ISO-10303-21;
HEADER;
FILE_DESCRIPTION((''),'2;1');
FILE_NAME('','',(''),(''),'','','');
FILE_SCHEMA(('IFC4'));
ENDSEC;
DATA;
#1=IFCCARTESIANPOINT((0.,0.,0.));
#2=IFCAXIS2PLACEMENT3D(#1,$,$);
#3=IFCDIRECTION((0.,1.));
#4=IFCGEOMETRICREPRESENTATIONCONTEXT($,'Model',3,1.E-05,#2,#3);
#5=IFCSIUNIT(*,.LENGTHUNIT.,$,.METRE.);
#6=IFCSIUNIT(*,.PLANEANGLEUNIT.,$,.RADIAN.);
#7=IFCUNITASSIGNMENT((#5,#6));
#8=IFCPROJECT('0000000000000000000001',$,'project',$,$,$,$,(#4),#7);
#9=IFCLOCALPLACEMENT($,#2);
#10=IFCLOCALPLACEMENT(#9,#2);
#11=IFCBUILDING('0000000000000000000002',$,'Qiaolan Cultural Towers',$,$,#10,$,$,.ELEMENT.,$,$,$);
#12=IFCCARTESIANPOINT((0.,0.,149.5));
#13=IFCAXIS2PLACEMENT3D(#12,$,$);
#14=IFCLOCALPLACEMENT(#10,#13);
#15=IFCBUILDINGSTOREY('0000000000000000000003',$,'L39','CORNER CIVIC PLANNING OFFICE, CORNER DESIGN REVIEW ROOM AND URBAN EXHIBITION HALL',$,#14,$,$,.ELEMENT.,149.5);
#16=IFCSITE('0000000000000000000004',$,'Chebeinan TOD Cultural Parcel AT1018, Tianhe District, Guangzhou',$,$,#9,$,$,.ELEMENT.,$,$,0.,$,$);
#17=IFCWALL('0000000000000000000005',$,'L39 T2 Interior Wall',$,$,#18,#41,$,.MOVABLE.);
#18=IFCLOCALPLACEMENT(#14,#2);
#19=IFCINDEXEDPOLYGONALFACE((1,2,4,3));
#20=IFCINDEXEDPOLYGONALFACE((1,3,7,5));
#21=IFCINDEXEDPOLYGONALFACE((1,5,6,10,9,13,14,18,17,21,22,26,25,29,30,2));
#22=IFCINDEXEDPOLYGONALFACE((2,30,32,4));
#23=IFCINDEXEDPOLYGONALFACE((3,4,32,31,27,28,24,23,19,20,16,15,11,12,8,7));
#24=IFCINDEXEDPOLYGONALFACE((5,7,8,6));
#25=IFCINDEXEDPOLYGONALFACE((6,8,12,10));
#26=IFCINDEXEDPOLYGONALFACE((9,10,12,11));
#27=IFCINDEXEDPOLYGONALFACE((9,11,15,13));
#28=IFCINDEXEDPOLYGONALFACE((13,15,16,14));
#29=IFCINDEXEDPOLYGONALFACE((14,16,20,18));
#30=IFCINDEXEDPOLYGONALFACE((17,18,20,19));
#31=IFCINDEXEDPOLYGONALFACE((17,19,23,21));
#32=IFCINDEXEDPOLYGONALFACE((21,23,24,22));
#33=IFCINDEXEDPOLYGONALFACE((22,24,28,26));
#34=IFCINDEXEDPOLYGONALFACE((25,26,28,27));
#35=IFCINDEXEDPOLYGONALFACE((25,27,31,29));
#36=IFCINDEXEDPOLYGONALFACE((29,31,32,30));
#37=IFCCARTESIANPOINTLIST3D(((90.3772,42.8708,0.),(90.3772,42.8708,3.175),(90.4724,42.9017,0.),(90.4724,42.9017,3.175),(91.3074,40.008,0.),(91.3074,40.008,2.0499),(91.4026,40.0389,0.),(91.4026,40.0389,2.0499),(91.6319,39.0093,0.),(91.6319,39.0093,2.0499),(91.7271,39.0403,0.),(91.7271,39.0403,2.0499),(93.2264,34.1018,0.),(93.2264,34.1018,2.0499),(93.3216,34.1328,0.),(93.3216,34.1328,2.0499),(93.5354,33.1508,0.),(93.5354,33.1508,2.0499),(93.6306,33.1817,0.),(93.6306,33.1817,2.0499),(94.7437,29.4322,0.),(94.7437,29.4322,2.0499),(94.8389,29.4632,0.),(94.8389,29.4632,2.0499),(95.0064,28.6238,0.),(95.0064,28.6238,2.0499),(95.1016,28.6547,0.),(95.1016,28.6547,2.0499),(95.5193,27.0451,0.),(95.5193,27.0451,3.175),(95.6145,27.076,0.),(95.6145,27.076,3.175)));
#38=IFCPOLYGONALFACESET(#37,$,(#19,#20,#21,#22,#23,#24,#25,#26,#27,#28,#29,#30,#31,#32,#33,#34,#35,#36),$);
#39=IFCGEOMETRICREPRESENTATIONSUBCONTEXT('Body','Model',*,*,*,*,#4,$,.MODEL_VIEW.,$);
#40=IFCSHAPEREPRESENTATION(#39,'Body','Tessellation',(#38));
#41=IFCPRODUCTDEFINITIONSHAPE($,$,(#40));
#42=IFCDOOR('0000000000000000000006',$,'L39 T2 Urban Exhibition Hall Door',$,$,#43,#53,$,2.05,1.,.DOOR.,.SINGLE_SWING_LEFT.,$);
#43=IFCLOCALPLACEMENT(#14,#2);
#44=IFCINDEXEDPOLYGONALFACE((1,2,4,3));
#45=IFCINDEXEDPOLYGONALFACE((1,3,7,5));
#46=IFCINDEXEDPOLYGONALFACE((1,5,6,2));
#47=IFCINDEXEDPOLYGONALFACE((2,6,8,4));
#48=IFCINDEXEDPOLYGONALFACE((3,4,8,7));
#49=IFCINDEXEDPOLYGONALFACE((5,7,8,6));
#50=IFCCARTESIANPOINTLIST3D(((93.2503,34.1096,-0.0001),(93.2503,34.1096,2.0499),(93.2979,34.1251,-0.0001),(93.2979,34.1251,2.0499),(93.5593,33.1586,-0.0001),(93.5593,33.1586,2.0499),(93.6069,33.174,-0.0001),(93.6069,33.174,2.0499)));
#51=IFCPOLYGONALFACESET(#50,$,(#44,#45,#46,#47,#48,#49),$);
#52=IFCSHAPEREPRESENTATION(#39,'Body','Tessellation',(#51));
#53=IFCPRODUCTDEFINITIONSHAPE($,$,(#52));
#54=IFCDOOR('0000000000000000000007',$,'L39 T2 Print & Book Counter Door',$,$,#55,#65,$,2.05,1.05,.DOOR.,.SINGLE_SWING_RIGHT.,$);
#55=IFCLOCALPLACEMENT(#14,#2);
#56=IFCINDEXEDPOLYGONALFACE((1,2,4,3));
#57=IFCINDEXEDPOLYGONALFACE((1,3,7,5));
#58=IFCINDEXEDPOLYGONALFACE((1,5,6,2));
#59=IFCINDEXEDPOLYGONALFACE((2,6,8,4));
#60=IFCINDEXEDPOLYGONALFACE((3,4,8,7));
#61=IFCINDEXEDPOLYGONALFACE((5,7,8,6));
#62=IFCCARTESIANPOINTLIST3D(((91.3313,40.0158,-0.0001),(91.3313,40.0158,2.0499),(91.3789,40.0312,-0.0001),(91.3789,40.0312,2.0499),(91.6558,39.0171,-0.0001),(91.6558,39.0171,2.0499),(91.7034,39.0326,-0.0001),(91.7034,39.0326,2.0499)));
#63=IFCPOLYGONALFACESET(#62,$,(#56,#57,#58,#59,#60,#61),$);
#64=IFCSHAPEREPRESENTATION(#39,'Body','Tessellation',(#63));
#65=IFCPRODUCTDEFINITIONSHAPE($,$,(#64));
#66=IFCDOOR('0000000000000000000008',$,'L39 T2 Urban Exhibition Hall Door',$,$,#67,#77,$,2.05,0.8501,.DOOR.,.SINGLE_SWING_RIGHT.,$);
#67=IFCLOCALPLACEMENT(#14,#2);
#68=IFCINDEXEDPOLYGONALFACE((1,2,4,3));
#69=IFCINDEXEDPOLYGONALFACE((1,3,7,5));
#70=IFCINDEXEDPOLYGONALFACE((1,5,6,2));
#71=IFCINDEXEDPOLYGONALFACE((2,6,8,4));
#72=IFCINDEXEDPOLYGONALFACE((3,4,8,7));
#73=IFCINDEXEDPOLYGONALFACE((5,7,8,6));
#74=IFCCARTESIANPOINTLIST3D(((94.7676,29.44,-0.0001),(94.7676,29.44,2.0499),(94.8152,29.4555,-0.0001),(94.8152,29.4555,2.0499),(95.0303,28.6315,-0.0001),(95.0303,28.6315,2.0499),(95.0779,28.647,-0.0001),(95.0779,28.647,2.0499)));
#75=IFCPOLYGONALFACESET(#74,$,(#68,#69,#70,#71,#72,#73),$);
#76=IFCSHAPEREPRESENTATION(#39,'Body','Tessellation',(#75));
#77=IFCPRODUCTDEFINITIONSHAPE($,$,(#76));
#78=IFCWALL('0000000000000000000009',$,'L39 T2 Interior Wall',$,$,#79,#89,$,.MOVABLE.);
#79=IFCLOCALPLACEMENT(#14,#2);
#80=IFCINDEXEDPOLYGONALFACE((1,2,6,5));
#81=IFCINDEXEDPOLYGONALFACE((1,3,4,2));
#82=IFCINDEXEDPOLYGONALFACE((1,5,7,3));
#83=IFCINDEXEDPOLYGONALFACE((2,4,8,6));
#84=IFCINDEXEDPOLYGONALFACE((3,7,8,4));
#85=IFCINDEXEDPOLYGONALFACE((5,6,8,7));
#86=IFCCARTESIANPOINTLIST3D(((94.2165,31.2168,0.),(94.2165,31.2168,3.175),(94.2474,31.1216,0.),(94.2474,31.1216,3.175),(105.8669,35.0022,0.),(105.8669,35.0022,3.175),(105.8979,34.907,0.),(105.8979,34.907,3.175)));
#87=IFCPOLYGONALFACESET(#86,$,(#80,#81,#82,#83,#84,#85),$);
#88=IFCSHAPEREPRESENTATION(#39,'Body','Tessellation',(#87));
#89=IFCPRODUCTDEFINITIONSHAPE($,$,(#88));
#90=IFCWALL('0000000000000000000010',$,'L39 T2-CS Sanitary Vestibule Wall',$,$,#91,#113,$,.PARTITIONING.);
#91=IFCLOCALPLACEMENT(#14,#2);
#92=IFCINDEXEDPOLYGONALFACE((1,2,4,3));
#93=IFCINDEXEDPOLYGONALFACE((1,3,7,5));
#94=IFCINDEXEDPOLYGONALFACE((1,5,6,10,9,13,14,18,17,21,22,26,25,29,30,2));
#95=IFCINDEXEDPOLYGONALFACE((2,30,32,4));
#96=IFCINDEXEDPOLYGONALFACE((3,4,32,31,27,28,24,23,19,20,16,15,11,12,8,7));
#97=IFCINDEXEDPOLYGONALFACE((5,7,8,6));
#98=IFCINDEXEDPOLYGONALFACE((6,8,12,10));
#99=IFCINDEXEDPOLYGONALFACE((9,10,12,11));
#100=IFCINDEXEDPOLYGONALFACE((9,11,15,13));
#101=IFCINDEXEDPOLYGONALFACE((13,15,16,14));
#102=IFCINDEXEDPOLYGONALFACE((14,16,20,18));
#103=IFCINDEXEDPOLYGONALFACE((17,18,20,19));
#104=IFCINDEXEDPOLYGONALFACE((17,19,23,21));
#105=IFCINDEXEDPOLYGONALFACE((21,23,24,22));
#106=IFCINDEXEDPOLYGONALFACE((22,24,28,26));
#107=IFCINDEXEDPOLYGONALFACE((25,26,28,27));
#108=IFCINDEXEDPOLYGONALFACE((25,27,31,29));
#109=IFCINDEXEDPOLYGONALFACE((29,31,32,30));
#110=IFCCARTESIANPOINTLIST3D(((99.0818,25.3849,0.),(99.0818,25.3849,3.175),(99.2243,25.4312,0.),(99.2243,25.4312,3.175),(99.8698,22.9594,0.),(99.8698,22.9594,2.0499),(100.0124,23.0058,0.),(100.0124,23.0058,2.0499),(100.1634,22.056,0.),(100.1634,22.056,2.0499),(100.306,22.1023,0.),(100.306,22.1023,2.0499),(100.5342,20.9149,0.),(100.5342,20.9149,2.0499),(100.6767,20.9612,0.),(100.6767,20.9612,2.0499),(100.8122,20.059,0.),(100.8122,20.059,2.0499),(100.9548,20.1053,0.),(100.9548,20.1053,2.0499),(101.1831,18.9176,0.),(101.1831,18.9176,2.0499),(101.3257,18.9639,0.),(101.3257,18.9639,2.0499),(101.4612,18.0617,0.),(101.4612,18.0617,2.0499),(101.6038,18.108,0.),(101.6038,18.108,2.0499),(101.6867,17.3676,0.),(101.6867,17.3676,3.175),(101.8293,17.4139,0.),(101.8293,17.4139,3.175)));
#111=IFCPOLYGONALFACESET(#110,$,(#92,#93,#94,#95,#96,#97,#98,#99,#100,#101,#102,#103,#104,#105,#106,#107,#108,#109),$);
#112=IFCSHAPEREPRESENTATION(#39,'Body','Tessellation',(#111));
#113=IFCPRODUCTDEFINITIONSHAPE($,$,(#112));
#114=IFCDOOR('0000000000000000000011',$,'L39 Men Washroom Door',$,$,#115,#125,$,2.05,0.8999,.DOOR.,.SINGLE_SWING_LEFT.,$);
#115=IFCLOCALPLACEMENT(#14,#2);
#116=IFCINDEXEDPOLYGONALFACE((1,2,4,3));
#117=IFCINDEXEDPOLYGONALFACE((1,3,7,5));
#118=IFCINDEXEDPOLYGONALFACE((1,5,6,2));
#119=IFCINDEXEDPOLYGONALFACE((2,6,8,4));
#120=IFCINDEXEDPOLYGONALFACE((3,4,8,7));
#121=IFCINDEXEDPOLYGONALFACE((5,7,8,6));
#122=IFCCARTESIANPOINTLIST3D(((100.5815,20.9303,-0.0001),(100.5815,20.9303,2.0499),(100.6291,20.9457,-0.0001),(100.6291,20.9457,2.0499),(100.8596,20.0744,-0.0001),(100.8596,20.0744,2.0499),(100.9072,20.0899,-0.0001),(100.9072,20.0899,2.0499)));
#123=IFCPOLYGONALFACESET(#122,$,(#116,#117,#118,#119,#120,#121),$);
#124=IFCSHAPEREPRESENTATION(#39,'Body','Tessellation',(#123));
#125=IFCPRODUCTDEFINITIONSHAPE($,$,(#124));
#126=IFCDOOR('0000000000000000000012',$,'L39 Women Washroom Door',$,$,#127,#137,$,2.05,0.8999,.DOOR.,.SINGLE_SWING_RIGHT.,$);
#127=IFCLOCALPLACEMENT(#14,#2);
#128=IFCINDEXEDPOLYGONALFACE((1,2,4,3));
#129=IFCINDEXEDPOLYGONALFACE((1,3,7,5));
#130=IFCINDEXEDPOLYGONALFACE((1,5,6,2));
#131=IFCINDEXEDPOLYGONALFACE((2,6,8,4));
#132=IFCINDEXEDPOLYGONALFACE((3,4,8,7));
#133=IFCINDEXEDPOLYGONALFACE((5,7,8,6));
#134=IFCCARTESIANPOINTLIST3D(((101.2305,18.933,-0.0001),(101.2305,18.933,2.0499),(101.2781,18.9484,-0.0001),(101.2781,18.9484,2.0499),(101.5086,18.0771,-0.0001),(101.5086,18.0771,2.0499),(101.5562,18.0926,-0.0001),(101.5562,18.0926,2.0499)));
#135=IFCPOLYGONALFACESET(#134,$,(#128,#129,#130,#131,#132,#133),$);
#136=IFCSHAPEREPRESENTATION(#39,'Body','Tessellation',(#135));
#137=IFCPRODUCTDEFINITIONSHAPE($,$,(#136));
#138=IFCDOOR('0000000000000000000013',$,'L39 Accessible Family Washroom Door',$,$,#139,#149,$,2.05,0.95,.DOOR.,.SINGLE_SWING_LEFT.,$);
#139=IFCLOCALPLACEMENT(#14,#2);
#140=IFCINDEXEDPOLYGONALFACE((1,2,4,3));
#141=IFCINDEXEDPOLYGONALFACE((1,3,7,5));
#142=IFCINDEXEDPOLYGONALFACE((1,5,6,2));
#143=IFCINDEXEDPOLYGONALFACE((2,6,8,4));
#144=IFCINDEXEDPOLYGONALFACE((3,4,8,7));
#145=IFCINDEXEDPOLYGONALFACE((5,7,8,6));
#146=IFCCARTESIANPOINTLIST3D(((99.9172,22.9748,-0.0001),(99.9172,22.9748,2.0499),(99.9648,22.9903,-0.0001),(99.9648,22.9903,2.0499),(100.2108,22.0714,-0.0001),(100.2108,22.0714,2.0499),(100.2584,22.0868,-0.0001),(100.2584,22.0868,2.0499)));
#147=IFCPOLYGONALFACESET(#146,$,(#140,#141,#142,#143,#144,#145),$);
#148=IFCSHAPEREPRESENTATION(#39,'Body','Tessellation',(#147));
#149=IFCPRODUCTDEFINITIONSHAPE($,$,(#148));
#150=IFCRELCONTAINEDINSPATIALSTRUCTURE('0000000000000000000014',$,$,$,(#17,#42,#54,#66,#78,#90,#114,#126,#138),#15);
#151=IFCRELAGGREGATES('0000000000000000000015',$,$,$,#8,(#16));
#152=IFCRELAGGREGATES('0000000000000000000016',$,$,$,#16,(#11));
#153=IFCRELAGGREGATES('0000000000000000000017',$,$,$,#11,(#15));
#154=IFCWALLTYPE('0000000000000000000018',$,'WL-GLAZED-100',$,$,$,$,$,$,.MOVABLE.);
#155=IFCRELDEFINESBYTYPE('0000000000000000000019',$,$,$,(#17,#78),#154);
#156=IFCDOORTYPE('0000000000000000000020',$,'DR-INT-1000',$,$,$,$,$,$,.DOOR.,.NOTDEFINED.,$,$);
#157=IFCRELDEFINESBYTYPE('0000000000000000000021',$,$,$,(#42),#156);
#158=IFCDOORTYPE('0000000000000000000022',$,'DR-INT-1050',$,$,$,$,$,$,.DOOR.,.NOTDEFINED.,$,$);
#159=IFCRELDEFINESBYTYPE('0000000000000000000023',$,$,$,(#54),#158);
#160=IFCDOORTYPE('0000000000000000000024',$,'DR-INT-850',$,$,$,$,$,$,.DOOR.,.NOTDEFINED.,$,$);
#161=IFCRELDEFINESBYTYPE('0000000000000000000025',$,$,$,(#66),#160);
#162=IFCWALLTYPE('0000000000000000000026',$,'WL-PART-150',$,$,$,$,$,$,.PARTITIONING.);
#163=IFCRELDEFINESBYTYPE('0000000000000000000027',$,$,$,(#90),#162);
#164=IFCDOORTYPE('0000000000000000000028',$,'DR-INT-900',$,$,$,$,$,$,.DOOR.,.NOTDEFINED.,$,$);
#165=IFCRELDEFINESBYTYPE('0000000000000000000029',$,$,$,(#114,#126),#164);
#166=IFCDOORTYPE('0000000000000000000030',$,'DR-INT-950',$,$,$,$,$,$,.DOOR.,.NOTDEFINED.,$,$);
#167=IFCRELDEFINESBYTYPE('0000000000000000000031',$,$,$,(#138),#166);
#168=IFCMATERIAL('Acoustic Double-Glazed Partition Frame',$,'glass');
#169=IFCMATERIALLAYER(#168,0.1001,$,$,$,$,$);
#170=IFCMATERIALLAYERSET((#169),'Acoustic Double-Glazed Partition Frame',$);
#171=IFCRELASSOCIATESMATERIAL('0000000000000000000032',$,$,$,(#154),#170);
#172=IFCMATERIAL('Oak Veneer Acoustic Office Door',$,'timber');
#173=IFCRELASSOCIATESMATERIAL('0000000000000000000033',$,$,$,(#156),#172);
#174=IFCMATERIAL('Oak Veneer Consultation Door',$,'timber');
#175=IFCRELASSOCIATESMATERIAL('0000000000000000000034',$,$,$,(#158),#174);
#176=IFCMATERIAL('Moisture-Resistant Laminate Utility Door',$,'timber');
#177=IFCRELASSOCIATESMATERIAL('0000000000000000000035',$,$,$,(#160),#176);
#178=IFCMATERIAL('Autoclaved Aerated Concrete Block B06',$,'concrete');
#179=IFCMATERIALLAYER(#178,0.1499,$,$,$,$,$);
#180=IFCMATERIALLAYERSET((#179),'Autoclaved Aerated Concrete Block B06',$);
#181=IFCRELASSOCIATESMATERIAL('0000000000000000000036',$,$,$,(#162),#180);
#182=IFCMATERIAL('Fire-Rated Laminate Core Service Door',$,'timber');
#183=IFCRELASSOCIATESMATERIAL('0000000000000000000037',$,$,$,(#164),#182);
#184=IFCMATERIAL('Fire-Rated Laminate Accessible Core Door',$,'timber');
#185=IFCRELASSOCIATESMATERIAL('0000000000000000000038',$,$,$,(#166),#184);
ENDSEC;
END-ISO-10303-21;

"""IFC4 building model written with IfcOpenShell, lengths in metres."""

from ifc_helpers import new_model, si_unit, direction, frame, frame_2d, origin, place, context, subcontext, project, spatial, rectangle, extrude, material, layer, layer_set, type_object, element, fill, save


model = new_model("IFC4")

# Units and contexts
model_context = context("Model", 3, precision=1e-05, world=origin(), true_north=direction((0.0, 1.0)))
body_context = subcontext(model_context, "Body", "Model", "MODEL_VIEW")
ifc_project = project(units=[si_unit("LENGTHUNIT", "METRE"), si_unit("PLANEANGLEUNIT", "RADIAN")], contexts=[model_context])

# Site, building, storey
site_placement = place(None, origin())
site = spatial("IfcSite", under=ifc_project, at=site_placement, Name="Chebeinan TOD Cultural Parcel AT1018, Tianhe District, Guangzhou", CompositionType="ELEMENT", RefElevation=0.0)
building_placement = place(site_placement, origin())
building = spatial("IfcBuilding", under=site, at=building_placement, Name="Qiaolan Cultural Towers", CompositionType="ELEMENT")
storey_placement = place(building_placement, frame((0.0, 0.0, 149.5)))
storey = spatial("IfcBuildingStorey", under=building, at=storey_placement, Name="L39", Description="CORNER CIVIC PLANNING OFFICE, CORNER DESIGN REVIEW ROOM AND URBAN EXHIBITION HALL", CompositionType="ELEMENT", Elevation=149.5)

# Shared definitions
ifc_material_1 = material(Name="Acoustic Double-Glazed Partition Frame", Category="glass")
ifc_layer_1 = layer(ifc_material_1, 0.1001)
ifc_layer_set_1 = layer_set([ifc_layer_1], Name="Acoustic Double-Glazed Partition Frame")
wall_type_1 = type_object("IfcWallType", Name="WL-GLAZED-100", PredefinedType="MOVABLE", material=ifc_layer_set_1)

# Wall, openings, doors
wall_1_placement = place(storey_placement, frame((95.5669, 27.0605, 0.0), z_axis=(0.0, 0.0, 1.0), x_axis=(-0.309018, 0.951056, 0.0)))
wall_1 = element("IfcWall", 1, at=wall_1_placement, inside=storey, type_object=wall_type_1, Name="L39 T2 Interior Wall", PredefinedType="MOVABLE", context=body_context, shape_type="SweptSolid", body=[
    extrude(rectangle(XDim=16.6401, YDim=0.1001, at=frame_2d((8.3201, 0.0))), origin(), (0.0, 0.0, 1.0), 3.175),
])
opening_1_placement = place(wall_1_placement, frame((1.6599, 0.0, 0.0)))
opening_1 = element("IfcOpeningElement", 2, at=opening_1_placement, cuts=wall_1, PredefinedType="OPENING", context=body_context, shape_type="SweptSolid", body=[
    extrude(rectangle(XDim=0.8501, YDim=2.05, at=frame_2d((0.425, 1.0249))), frame((0.0, 0.0601, 0.0), z_axis=(0.0, -1.0, 0.0), x_axis=(1.0, 0.0, 0.0)), (0.0, 0.0, 1.0), 0.1201),
])
opening_2_placement = place(wall_1_placement, frame((6.4199, 0.0, 0.0)))
opening_2 = element("IfcOpeningElement", 3, at=opening_2_placement, cuts=wall_1, PredefinedType="OPENING", context=body_context, shape_type="SweptSolid", body=[
    extrude(rectangle(XDim=1.0, YDim=2.05, at=frame_2d((0.5, 1.0249))), frame((0.0, 0.0601, 0.0), z_axis=(0.0, -1.0, 0.0), x_axis=(1.0, 0.0, 0.0)), (0.0, 0.0, 1.0), 0.1201),
])
opening_3_placement = place(wall_1_placement, frame((12.5801, 0.0, 0.0)))
opening_3 = element("IfcOpeningElement", 4, at=opening_3_placement, cuts=wall_1, PredefinedType="OPENING", context=body_context, shape_type="SweptSolid", body=[
    extrude(rectangle(XDim=1.05, YDim=2.05, at=frame_2d((0.5249, 1.0249))), frame((0.0, 0.0601, 0.0), z_axis=(0.0, -1.0, 0.0), x_axis=(1.0, 0.0, 0.0)), (0.0, 0.0, 1.0), 0.1201),
])
ifc_material_2 = material(Name="Oak Veneer Acoustic Office Door", Category="timber")
door_type_1 = type_object("IfcDoorType", Name="DR-INT-1000", OperationType="NOTDEFINED", PredefinedType="DOOR", material=ifc_material_2)
door_1_placement = place(opening_2_placement, origin())
door_1 = element("IfcDoor", 5, at=door_1_placement, inside=storey, type_object=door_type_1, Name="L39 T2 Urban Exhibition Hall Door", OperationType="SINGLE_SWING_LEFT", OverallHeight=2.05, OverallWidth=1.0, PredefinedType="DOOR", context=body_context, shape_type="SweptSolid", body=[
    extrude(rectangle(XDim=1.0, YDim=2.05, at=frame_2d((0.5, 1.0249))), frame((0.0, 0.0249, 0.0), z_axis=(0.0, -1.0, 0.0), x_axis=(1.0, 0.0, 0.0)), (0.0, 0.0, 1.0), 0.05),
])
fill(opening_2, door_1)
ifc_material_3 = material(Name="Oak Veneer Consultation Door", Category="timber")
door_type_2 = type_object("IfcDoorType", Name="DR-INT-1050", OperationType="NOTDEFINED", PredefinedType="DOOR", material=ifc_material_3)
door_2_placement = place(opening_3_placement, origin())
door_2 = element("IfcDoor", 6, at=door_2_placement, inside=storey, type_object=door_type_2, Name="L39 T2 Print & Book Counter Door", OperationType="SINGLE_SWING_RIGHT", OverallHeight=2.05, OverallWidth=1.05, PredefinedType="DOOR", context=body_context, shape_type="SweptSolid", body=[
    extrude(rectangle(XDim=1.05, YDim=2.05, at=frame_2d((0.5249, 1.0249))), frame((0.0, 0.0249, 0.0), z_axis=(0.0, -1.0, 0.0), x_axis=(1.0, 0.0, 0.0)), (0.0, 0.0, 1.0), 0.05),
])
fill(opening_3, door_2)
ifc_material_4 = material(Name="Moisture-Resistant Laminate Utility Door", Category="timber")
door_type_3 = type_object("IfcDoorType", Name="DR-INT-850", OperationType="NOTDEFINED", PredefinedType="DOOR", material=ifc_material_4)
door_3_placement = place(opening_1_placement, origin())
door_3 = element("IfcDoor", 7, at=door_3_placement, inside=storey, type_object=door_type_3, Name="L39 T2 Urban Exhibition Hall Door", OperationType="SINGLE_SWING_RIGHT", OverallHeight=2.05, OverallWidth=0.8501, PredefinedType="DOOR", context=body_context, shape_type="SweptSolid", body=[
    extrude(rectangle(XDim=0.8501, YDim=2.05, at=frame_2d((0.425, 1.0249))), frame((0.0, 0.0249, 0.0), z_axis=(0.0, -1.0, 0.0), x_axis=(1.0, 0.0, 0.0)), (0.0, 0.0, 1.0), 0.05),
])
fill(opening_1, door_3)

# Wall
wall_2_placement = place(storey_placement, frame((94.2319, 31.1692, 0.0), z_axis=(0.0, 0.0, 1.0), x_axis=(0.951057, 0.309014, 0.0)))
element("IfcWall", 8, at=wall_2_placement, inside=storey, type_object=wall_type_1, Name="L39 T2 Interior Wall", PredefinedType="MOVABLE", context=body_context, shape_type="SweptSolid", body=[
    extrude(rectangle(XDim=12.25, YDim=0.1001, at=frame_2d((6.125, 0.0))), origin(), (0.0, 0.0, 1.0), 3.175),
])

# Wall, openings, doors
ifc_material_5 = material(Name="Autoclaved Aerated Concrete Block B06", Category="concrete")
ifc_layer_2 = layer(ifc_material_5, 0.1499)
ifc_layer_set_2 = layer_set([ifc_layer_2], Name="Autoclaved Aerated Concrete Block B06")
wall_type_2 = type_object("IfcWallType", Name="WL-PART-150", PredefinedType="PARTITIONING", material=ifc_layer_set_2)
wall_3_placement = place(storey_placement, frame((99.1531, 25.408, 0.0), z_axis=(0.0, 0.0, 1.0), x_axis=(0.309016, -0.951057, 0.0)))
wall_3 = element("IfcWall", 9, at=wall_3_placement, inside=storey, type_object=wall_type_2, Name="L39 T2-CS Sanitary Vestibule Wall", PredefinedType="PARTITIONING", context=body_context, shape_type="SweptSolid", body=[
    extrude(rectangle(XDim=8.4299, YDim=0.1499, at=frame_2d((4.2148, 0.0))), origin(), (0.0, 0.0, 1.0), 3.175),
])
opening_4_placement = place(wall_3_placement, frame((2.55, 0.0, 0.0)))
opening_4 = element("IfcOpeningElement", 10, at=opening_4_placement, cuts=wall_3, PredefinedType="OPENING", context=body_context, shape_type="SweptSolid", body=[
    extrude(rectangle(XDim=0.95, YDim=2.05, at=frame_2d((0.4751, 1.0249))), frame((0.0, 0.085, 0.0), z_axis=(0.0, -1.0, 0.0), x_axis=(1.0, 0.0, 0.0)), (0.0, 0.0, 1.0), 0.1699),
])
opening_5_placement = place(wall_3_placement, frame((4.7, 0.0, 0.0)))
opening_5 = element("IfcOpeningElement", 11, at=opening_5_placement, cuts=wall_3, PredefinedType="OPENING", context=body_context, shape_type="SweptSolid", body=[
    extrude(rectangle(XDim=0.8999, YDim=2.05, at=frame_2d((0.45, 1.0249))), frame((0.0, 0.085, 0.0), z_axis=(0.0, -1.0, 0.0), x_axis=(1.0, 0.0, 0.0)), (0.0, 0.0, 1.0), 0.1699),
])
opening_6_placement = place(wall_3_placement, frame((6.8, 0.0, 0.0)))
opening_6 = element("IfcOpeningElement", 12, at=opening_6_placement, cuts=wall_3, PredefinedType="OPENING", context=body_context, shape_type="SweptSolid", body=[
    extrude(rectangle(XDim=0.8999, YDim=2.05, at=frame_2d((0.45, 1.0249))), frame((0.0, 0.085, 0.0), z_axis=(0.0, -1.0, 0.0), x_axis=(1.0, 0.0, 0.0)), (0.0, 0.0, 1.0), 0.1699),
])
ifc_material_6 = material(Name="Fire-Rated Laminate Core Service Door", Category="timber")
door_type_4 = type_object("IfcDoorType", Name="DR-INT-900", OperationType="NOTDEFINED", PredefinedType="DOOR", material=ifc_material_6)
door_4_placement = place(opening_5_placement, origin())
door_4 = element("IfcDoor", 13, at=door_4_placement, inside=storey, type_object=door_type_4, Name="L39 Men Washroom Door", OperationType="SINGLE_SWING_LEFT", OverallHeight=2.05, OverallWidth=0.8999, PredefinedType="DOOR", context=body_context, shape_type="SweptSolid", body=[
    extrude(rectangle(XDim=0.8999, YDim=2.05, at=frame_2d((0.45, 1.0249))), frame((0.0, 0.0249, 0.0), z_axis=(0.0, -1.0, 0.0), x_axis=(1.0, 0.0, 0.0)), (0.0, 0.0, 1.0), 0.05),
])
fill(opening_5, door_4)
door_5_placement = place(opening_6_placement, origin())
door_5 = element("IfcDoor", 14, at=door_5_placement, inside=storey, type_object=door_type_4, Name="L39 Women Washroom Door", OperationType="SINGLE_SWING_RIGHT", OverallHeight=2.05, OverallWidth=0.8999, PredefinedType="DOOR", context=body_context, shape_type="SweptSolid", body=[
    extrude(rectangle(XDim=0.8999, YDim=2.05, at=frame_2d((0.45, 1.0249))), frame((0.0, 0.0249, 0.0), z_axis=(0.0, -1.0, 0.0), x_axis=(1.0, 0.0, 0.0)), (0.0, 0.0, 1.0), 0.05),
])
fill(opening_6, door_5)
ifc_material_7 = material(Name="Fire-Rated Laminate Accessible Core Door", Category="timber")
door_type_5 = type_object("IfcDoorType", Name="DR-INT-950", OperationType="NOTDEFINED", PredefinedType="DOOR", material=ifc_material_7)
door_6_placement = place(opening_4_placement, origin())
door_6 = element("IfcDoor", 15, at=door_6_placement, inside=storey, type_object=door_type_5, Name="L39 Accessible Family Washroom Door", OperationType="SINGLE_SWING_LEFT", OverallHeight=2.05, OverallWidth=0.95, PredefinedType="DOOR", context=body_context, shape_type="SweptSolid", body=[
    extrude(rectangle(XDim=0.95, YDim=2.05, at=frame_2d((0.4751, 1.0249))), frame((0.0, 0.0249, 0.0), z_axis=(0.0, -1.0, 0.0), x_axis=(1.0, 0.0, 0.0)), (0.0, 0.0, 1.0), 0.05),
])
fill(opening_4, door_6)

save(model, "model.ifc")
